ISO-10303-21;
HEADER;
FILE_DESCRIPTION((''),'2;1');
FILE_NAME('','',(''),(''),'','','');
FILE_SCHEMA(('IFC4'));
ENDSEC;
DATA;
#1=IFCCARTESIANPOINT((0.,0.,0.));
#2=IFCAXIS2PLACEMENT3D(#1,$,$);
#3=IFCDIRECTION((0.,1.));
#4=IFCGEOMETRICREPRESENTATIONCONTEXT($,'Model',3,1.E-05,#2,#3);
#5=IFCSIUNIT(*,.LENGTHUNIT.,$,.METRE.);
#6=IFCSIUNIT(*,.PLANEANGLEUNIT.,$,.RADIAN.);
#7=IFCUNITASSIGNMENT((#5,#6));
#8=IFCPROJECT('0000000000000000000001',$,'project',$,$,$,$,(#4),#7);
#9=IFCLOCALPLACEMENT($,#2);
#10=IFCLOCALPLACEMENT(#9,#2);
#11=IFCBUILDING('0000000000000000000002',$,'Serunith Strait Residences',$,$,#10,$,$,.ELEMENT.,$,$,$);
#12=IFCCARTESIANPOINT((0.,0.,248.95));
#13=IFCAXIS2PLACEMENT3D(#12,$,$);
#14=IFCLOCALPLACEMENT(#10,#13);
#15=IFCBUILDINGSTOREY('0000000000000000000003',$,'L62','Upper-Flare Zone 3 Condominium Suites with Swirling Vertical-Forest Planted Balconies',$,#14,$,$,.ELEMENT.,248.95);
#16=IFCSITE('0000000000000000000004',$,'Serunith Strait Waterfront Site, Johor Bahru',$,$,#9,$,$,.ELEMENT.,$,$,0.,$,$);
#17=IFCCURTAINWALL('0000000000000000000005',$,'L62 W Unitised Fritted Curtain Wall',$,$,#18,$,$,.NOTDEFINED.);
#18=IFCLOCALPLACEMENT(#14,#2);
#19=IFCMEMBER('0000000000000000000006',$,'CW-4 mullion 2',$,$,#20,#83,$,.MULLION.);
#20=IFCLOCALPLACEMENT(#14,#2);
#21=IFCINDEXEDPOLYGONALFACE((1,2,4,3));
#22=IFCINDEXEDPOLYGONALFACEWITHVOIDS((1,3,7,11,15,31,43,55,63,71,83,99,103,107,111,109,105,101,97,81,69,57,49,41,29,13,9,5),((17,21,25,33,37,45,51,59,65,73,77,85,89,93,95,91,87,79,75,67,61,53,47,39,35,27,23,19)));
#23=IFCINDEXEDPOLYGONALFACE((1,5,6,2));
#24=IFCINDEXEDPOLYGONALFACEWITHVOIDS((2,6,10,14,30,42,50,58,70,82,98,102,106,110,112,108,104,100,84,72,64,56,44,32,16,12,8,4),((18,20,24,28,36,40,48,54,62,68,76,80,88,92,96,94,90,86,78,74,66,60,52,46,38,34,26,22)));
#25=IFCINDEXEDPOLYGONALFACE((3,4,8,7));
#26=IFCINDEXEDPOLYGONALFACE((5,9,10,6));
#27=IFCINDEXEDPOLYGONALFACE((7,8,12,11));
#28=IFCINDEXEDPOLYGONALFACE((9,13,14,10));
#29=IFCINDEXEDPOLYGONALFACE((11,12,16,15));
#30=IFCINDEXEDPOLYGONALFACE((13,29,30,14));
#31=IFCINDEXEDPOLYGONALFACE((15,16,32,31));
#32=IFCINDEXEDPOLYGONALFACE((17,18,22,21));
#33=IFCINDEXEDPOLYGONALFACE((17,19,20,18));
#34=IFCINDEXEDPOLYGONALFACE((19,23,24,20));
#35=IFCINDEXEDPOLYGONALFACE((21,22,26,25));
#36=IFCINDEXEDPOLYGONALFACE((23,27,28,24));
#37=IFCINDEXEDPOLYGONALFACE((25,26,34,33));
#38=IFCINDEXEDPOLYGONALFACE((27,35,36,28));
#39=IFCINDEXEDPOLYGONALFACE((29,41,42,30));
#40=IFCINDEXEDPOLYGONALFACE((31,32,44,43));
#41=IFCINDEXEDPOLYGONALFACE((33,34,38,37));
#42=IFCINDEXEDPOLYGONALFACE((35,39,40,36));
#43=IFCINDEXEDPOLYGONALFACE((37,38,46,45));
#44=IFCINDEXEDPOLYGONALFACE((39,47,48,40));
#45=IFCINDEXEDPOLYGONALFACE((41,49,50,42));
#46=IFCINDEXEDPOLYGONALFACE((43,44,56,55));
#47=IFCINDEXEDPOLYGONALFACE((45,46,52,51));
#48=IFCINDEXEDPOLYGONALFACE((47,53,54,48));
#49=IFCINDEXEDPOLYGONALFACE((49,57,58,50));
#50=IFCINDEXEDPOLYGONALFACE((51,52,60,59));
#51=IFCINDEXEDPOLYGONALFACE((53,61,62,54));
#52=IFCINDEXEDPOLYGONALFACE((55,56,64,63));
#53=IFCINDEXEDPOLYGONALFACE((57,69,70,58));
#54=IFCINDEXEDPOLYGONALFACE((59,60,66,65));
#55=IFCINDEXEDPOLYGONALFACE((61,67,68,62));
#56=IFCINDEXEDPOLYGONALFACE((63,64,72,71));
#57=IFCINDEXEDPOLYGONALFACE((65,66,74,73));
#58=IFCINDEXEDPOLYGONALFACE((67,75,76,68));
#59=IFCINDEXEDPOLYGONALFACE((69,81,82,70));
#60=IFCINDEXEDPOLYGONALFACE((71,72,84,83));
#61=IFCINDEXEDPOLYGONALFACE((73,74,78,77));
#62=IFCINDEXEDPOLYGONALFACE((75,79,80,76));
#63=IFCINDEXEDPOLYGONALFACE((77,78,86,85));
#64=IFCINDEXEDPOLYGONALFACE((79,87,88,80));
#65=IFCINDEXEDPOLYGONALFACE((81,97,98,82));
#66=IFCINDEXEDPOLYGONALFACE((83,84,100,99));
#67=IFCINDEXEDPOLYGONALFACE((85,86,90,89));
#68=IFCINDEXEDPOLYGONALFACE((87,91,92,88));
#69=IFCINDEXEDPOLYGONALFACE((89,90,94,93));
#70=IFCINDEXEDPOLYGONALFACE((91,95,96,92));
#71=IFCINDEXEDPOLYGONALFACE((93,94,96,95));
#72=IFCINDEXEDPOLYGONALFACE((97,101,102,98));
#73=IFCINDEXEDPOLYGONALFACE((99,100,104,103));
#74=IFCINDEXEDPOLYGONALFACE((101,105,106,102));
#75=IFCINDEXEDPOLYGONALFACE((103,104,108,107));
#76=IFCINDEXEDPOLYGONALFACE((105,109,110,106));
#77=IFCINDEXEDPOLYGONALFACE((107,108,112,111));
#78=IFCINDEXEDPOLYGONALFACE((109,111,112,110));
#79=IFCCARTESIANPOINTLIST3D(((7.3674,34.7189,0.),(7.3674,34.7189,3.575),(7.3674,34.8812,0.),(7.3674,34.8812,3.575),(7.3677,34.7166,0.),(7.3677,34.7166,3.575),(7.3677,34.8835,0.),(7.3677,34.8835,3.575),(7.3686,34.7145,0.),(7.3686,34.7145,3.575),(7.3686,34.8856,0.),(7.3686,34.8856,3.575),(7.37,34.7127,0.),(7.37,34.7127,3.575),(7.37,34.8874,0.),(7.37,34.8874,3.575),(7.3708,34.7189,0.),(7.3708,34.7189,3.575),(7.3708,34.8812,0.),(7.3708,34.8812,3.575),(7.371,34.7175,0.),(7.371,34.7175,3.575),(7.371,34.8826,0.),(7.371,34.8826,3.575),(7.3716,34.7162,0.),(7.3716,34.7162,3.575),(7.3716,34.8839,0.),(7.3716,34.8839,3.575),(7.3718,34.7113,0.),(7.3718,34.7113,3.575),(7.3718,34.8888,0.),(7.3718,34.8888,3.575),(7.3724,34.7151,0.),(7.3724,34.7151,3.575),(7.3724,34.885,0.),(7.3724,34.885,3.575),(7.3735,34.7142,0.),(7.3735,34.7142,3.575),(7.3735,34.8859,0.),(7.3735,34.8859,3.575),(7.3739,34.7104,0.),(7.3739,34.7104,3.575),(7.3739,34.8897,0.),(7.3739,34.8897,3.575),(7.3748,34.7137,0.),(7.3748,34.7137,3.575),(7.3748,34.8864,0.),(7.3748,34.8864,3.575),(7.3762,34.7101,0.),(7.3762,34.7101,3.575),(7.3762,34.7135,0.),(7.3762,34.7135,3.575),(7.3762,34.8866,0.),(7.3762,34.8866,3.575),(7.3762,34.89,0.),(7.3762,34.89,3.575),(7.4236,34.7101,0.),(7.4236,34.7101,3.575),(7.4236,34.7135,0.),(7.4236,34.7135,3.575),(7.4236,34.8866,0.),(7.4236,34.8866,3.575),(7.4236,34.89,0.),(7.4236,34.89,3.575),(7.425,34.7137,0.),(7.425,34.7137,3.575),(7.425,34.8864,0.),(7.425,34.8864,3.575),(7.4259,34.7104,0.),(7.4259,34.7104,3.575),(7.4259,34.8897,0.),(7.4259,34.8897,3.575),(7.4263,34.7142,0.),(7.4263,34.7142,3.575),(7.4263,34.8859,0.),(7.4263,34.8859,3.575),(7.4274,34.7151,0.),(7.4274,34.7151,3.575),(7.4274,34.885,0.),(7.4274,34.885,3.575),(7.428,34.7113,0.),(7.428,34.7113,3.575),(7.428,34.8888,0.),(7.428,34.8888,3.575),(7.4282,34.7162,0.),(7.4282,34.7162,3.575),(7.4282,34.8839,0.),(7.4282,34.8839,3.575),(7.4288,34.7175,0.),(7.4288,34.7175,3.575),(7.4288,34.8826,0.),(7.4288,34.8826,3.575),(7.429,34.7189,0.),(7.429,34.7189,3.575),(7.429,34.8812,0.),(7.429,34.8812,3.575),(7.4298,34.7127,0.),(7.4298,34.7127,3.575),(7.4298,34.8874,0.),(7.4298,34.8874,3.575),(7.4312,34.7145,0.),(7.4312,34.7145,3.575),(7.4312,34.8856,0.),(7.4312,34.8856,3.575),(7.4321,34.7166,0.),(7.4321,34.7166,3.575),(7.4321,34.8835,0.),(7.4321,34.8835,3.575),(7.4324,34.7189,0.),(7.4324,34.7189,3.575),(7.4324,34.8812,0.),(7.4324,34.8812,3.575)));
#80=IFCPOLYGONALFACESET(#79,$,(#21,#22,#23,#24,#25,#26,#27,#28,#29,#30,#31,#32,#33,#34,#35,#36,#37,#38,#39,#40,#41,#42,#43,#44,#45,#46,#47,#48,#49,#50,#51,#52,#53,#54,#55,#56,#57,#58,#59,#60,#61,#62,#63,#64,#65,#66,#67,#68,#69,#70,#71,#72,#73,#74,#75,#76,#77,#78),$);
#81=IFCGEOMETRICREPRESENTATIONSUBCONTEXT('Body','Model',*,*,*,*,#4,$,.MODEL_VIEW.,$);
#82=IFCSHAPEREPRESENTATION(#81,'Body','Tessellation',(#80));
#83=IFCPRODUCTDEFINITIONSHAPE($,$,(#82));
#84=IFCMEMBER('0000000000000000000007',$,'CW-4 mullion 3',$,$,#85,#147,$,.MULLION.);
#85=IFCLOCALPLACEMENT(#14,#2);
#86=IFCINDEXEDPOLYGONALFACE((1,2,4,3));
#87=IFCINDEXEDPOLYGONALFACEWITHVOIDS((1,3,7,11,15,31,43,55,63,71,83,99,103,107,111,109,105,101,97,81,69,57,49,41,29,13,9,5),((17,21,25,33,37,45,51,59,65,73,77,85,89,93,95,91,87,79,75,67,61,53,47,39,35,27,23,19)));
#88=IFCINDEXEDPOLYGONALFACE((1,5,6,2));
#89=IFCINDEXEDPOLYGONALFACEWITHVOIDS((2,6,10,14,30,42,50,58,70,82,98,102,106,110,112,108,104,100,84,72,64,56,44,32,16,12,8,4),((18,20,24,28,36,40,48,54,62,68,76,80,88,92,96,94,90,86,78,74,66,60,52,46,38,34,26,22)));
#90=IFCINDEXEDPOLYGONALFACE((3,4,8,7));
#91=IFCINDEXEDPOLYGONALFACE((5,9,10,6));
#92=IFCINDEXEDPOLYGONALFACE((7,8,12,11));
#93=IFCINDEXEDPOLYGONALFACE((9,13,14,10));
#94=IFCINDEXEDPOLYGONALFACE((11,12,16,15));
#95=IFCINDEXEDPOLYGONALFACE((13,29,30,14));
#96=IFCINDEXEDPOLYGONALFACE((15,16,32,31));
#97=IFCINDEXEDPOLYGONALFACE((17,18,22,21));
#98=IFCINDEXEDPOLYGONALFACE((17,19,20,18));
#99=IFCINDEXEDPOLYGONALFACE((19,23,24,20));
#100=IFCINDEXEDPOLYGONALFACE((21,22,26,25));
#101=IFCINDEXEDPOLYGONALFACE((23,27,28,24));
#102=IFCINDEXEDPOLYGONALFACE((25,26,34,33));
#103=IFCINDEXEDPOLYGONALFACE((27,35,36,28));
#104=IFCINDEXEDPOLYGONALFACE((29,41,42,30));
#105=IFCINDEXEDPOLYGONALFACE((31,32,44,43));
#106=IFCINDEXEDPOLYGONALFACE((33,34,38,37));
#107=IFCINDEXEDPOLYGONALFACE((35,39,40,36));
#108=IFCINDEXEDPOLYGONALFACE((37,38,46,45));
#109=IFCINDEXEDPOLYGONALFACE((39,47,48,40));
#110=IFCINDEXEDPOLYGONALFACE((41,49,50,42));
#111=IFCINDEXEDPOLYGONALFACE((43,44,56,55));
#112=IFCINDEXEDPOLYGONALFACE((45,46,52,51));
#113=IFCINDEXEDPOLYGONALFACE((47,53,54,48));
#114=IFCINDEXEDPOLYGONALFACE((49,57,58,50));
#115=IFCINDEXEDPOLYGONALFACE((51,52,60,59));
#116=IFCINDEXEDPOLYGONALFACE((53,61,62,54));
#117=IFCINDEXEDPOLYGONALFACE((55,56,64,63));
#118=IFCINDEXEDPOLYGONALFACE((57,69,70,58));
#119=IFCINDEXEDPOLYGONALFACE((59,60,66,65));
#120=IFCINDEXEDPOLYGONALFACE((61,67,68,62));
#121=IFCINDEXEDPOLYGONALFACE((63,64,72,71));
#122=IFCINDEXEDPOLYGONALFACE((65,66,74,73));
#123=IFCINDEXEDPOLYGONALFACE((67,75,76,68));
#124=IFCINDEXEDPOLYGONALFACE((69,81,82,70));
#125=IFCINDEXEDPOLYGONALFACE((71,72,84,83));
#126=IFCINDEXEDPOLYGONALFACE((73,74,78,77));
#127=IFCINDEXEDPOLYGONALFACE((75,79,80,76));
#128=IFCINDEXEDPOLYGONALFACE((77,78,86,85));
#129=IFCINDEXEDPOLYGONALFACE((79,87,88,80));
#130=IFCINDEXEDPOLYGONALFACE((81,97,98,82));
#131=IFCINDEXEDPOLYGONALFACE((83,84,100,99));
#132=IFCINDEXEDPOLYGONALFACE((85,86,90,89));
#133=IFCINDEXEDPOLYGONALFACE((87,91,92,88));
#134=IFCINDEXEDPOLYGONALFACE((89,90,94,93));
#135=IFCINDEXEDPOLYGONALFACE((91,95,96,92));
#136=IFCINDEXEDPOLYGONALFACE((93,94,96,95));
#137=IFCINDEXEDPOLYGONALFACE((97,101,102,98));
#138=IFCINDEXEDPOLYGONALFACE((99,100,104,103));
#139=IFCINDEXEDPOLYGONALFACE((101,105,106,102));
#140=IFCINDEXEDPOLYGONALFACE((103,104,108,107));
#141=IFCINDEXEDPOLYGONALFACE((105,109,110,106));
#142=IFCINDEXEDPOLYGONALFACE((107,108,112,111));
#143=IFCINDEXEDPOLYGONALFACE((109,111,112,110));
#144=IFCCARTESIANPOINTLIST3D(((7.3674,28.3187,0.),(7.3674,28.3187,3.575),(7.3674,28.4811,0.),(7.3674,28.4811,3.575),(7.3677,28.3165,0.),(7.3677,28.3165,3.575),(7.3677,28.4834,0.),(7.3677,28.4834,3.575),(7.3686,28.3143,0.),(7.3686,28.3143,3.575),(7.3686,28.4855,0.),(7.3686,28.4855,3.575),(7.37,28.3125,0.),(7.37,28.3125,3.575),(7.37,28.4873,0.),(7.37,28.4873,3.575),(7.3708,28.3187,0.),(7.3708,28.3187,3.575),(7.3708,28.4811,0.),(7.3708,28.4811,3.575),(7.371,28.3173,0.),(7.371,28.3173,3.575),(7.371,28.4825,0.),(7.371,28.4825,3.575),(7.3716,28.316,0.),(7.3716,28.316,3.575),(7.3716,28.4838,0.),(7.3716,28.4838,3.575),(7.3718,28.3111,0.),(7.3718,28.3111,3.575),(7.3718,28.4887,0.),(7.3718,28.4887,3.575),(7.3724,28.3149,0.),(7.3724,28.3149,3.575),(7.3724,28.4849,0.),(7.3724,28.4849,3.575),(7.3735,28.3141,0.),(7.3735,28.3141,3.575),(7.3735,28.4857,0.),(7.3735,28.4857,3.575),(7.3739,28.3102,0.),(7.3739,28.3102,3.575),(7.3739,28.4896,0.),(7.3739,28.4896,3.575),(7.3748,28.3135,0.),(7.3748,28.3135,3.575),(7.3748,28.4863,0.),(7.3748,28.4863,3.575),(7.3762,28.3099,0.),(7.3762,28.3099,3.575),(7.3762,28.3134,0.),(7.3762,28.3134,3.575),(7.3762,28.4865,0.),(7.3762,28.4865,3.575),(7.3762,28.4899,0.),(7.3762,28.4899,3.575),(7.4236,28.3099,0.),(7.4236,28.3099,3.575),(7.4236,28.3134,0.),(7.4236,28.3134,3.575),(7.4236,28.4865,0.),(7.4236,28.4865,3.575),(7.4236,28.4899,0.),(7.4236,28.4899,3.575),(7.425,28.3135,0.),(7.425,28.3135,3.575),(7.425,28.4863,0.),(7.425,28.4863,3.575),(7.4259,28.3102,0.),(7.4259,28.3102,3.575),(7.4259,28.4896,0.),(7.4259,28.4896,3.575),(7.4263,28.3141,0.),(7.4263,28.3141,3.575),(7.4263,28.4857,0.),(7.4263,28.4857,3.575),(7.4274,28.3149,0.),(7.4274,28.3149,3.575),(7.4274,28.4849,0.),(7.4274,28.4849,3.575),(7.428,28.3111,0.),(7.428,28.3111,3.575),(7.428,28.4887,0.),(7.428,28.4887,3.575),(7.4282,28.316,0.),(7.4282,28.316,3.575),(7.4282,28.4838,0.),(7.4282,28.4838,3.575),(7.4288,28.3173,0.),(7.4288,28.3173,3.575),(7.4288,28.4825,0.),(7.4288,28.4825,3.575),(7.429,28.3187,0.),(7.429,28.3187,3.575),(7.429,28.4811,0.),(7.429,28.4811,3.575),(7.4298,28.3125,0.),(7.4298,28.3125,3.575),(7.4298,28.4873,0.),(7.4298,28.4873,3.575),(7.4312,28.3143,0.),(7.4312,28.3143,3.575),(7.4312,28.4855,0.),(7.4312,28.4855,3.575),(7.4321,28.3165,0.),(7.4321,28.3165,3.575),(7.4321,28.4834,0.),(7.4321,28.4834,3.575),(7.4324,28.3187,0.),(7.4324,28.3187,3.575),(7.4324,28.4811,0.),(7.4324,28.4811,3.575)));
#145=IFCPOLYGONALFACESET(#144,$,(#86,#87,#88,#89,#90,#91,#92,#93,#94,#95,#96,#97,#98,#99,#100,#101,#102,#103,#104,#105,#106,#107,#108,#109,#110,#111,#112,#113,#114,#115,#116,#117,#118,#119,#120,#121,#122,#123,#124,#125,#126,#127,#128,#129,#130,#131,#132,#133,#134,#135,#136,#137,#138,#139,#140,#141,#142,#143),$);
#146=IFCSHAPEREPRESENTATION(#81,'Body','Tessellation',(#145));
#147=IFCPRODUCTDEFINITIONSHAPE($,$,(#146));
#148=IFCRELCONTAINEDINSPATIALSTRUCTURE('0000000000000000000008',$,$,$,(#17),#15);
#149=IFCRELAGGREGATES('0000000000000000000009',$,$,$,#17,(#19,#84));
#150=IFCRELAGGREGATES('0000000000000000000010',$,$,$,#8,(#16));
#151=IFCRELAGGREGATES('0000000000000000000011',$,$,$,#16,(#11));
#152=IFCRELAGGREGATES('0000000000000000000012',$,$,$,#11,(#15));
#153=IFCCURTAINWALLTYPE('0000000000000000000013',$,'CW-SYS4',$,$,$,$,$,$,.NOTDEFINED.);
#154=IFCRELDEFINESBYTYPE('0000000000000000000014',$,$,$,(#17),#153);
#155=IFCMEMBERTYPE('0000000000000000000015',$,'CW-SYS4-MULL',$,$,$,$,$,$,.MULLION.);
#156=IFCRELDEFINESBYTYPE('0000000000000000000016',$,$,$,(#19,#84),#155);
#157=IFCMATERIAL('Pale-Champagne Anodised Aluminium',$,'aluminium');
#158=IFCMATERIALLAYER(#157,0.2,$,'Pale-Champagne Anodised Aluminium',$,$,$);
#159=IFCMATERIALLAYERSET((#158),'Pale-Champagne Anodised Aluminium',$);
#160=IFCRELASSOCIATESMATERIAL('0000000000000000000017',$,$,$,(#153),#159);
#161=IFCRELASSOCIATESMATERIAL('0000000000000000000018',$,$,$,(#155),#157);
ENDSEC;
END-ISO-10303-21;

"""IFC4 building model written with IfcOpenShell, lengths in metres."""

from ifc_helpers import new_model, si_unit, direction, frame, origin, origin_2d, place, context, subcontext, project, spatial, hollow_rectangle, extrude, source, transform, mapped, material, layer, layer_set, material_profile, profile_set, type_object, element, aggregate, save


model = new_model("IFC4")

# Units and contexts
model_context = context("Model", 3, precision=1e-05, world=origin(), true_north=direction((0.0, 1.0)))
body_context = subcontext(model_context, "Body", "Model", "MODEL_VIEW")
ifc_project = project(units=[si_unit("LENGTHUNIT", "METRE"), si_unit("PLANEANGLEUNIT", "RADIAN")], contexts=[model_context])

# Site, building, storey
site_placement = place(None, origin())
site = spatial("IfcSite", under=ifc_project, at=site_placement, Name="Serunith Strait Waterfront Site, Johor Bahru", CompositionType="ELEMENT", RefElevation=0.0)
building_placement = place(site_placement, origin())
building = spatial("IfcBuilding", under=site, at=building_placement, Name="Serunith Strait Residences", CompositionType="ELEMENT")
storey_placement = place(building_placement, frame((0.0, 0.0, 248.95)))
storey = spatial("IfcBuildingStorey", under=building, at=storey_placement, Name="L62", Description="Upper-Flare Zone 3 Condominium Suites with Swirling Vertical-Forest Planted Balconies", CompositionType="ELEMENT", Elevation=248.95)

# Curtain wall, members
ifc_material_1 = material(Name="Pale-Champagne Anodised Aluminium", Category="aluminium")
ifc_layer_1 = layer(ifc_material_1, 0.2, Name="Pale-Champagne Anodised Aluminium")
ifc_layer_set_1 = layer_set([ifc_layer_1], Name="Pale-Champagne Anodised Aluminium")
curtain_wall_type = type_object("IfcCurtainWallType", Name="CW-SYS4", PredefinedType="NOTDEFINED", material=ifc_layer_set_1)
curtain_wall_placement = place(storey_placement, origin())
curtain_wall = element("IfcCurtainWall", 1, at=curtain_wall_placement, inside=storey, type_object=curtain_wall_type, Name="L62 W Unitised Fritted Curtain Wall", PredefinedType="NOTDEFINED")
ifc_material_profile_1 = material_profile(ifc_material_1, hollow_rectangle(XDim=0.0649, YDim=0.1799, WallThickness=0.0034, InnerFilletRadius=0.0054, OuterFilletRadius=0.0088, at=origin_2d()), Name="ALU 180x65x3.5")
ifc_profile_set_1 = profile_set([ifc_material_profile_1], Name="Pale-Champagne Anodised Aluminium")
member_type_1 = type_object("IfcMemberType", Name="CW-SYS4-MULL", PredefinedType="MULLION", material=ifc_profile_set_1)
shared_shape_1 = source(origin(), body_context, "Body", "SweptSolid", [
    extrude(hollow_rectangle(XDim=0.0649, YDim=0.1799, WallThickness=0.0034, InnerFilletRadius=0.0054, OuterFilletRadius=0.0088, at=origin_2d()), origin(), (0.0, 0.0, 1.0), 3.575),
])
member_1_placement = place(storey_placement, frame((7.3999, 34.8, 0.0), z_axis=(0.0, 0.0, 1.0), x_axis=(1.0, 0.0, 0.0)))
member_1 = element("IfcMember", 2, at=member_1_placement, type_object=member_type_1, Name="CW-4 mullion 2", PredefinedType="MULLION", context=body_context, shape_type="MappedRepresentation", body=[
    mapped(shared_shape_1, transform((0.0, 0.0, 0.0), scale=1.0)),
])
member_2_placement = place(storey_placement, frame((7.3999, 28.3999, 0.0), z_axis=(0.0, 0.0, 1.0), x_axis=(1.0, 0.0, 0.0)))
member_2 = element("IfcMember", 3, at=member_2_placement, type_object=member_type_1, Name="CW-4 mullion 3", PredefinedType="MULLION", context=body_context, shape_type="MappedRepresentation", body=[
    mapped(shared_shape_1, transform((0.0, 0.0, 0.0), scale=1.0)),
])
aggregate(curtain_wall, [member_1, member_2])

save(model, "model.ifc")
